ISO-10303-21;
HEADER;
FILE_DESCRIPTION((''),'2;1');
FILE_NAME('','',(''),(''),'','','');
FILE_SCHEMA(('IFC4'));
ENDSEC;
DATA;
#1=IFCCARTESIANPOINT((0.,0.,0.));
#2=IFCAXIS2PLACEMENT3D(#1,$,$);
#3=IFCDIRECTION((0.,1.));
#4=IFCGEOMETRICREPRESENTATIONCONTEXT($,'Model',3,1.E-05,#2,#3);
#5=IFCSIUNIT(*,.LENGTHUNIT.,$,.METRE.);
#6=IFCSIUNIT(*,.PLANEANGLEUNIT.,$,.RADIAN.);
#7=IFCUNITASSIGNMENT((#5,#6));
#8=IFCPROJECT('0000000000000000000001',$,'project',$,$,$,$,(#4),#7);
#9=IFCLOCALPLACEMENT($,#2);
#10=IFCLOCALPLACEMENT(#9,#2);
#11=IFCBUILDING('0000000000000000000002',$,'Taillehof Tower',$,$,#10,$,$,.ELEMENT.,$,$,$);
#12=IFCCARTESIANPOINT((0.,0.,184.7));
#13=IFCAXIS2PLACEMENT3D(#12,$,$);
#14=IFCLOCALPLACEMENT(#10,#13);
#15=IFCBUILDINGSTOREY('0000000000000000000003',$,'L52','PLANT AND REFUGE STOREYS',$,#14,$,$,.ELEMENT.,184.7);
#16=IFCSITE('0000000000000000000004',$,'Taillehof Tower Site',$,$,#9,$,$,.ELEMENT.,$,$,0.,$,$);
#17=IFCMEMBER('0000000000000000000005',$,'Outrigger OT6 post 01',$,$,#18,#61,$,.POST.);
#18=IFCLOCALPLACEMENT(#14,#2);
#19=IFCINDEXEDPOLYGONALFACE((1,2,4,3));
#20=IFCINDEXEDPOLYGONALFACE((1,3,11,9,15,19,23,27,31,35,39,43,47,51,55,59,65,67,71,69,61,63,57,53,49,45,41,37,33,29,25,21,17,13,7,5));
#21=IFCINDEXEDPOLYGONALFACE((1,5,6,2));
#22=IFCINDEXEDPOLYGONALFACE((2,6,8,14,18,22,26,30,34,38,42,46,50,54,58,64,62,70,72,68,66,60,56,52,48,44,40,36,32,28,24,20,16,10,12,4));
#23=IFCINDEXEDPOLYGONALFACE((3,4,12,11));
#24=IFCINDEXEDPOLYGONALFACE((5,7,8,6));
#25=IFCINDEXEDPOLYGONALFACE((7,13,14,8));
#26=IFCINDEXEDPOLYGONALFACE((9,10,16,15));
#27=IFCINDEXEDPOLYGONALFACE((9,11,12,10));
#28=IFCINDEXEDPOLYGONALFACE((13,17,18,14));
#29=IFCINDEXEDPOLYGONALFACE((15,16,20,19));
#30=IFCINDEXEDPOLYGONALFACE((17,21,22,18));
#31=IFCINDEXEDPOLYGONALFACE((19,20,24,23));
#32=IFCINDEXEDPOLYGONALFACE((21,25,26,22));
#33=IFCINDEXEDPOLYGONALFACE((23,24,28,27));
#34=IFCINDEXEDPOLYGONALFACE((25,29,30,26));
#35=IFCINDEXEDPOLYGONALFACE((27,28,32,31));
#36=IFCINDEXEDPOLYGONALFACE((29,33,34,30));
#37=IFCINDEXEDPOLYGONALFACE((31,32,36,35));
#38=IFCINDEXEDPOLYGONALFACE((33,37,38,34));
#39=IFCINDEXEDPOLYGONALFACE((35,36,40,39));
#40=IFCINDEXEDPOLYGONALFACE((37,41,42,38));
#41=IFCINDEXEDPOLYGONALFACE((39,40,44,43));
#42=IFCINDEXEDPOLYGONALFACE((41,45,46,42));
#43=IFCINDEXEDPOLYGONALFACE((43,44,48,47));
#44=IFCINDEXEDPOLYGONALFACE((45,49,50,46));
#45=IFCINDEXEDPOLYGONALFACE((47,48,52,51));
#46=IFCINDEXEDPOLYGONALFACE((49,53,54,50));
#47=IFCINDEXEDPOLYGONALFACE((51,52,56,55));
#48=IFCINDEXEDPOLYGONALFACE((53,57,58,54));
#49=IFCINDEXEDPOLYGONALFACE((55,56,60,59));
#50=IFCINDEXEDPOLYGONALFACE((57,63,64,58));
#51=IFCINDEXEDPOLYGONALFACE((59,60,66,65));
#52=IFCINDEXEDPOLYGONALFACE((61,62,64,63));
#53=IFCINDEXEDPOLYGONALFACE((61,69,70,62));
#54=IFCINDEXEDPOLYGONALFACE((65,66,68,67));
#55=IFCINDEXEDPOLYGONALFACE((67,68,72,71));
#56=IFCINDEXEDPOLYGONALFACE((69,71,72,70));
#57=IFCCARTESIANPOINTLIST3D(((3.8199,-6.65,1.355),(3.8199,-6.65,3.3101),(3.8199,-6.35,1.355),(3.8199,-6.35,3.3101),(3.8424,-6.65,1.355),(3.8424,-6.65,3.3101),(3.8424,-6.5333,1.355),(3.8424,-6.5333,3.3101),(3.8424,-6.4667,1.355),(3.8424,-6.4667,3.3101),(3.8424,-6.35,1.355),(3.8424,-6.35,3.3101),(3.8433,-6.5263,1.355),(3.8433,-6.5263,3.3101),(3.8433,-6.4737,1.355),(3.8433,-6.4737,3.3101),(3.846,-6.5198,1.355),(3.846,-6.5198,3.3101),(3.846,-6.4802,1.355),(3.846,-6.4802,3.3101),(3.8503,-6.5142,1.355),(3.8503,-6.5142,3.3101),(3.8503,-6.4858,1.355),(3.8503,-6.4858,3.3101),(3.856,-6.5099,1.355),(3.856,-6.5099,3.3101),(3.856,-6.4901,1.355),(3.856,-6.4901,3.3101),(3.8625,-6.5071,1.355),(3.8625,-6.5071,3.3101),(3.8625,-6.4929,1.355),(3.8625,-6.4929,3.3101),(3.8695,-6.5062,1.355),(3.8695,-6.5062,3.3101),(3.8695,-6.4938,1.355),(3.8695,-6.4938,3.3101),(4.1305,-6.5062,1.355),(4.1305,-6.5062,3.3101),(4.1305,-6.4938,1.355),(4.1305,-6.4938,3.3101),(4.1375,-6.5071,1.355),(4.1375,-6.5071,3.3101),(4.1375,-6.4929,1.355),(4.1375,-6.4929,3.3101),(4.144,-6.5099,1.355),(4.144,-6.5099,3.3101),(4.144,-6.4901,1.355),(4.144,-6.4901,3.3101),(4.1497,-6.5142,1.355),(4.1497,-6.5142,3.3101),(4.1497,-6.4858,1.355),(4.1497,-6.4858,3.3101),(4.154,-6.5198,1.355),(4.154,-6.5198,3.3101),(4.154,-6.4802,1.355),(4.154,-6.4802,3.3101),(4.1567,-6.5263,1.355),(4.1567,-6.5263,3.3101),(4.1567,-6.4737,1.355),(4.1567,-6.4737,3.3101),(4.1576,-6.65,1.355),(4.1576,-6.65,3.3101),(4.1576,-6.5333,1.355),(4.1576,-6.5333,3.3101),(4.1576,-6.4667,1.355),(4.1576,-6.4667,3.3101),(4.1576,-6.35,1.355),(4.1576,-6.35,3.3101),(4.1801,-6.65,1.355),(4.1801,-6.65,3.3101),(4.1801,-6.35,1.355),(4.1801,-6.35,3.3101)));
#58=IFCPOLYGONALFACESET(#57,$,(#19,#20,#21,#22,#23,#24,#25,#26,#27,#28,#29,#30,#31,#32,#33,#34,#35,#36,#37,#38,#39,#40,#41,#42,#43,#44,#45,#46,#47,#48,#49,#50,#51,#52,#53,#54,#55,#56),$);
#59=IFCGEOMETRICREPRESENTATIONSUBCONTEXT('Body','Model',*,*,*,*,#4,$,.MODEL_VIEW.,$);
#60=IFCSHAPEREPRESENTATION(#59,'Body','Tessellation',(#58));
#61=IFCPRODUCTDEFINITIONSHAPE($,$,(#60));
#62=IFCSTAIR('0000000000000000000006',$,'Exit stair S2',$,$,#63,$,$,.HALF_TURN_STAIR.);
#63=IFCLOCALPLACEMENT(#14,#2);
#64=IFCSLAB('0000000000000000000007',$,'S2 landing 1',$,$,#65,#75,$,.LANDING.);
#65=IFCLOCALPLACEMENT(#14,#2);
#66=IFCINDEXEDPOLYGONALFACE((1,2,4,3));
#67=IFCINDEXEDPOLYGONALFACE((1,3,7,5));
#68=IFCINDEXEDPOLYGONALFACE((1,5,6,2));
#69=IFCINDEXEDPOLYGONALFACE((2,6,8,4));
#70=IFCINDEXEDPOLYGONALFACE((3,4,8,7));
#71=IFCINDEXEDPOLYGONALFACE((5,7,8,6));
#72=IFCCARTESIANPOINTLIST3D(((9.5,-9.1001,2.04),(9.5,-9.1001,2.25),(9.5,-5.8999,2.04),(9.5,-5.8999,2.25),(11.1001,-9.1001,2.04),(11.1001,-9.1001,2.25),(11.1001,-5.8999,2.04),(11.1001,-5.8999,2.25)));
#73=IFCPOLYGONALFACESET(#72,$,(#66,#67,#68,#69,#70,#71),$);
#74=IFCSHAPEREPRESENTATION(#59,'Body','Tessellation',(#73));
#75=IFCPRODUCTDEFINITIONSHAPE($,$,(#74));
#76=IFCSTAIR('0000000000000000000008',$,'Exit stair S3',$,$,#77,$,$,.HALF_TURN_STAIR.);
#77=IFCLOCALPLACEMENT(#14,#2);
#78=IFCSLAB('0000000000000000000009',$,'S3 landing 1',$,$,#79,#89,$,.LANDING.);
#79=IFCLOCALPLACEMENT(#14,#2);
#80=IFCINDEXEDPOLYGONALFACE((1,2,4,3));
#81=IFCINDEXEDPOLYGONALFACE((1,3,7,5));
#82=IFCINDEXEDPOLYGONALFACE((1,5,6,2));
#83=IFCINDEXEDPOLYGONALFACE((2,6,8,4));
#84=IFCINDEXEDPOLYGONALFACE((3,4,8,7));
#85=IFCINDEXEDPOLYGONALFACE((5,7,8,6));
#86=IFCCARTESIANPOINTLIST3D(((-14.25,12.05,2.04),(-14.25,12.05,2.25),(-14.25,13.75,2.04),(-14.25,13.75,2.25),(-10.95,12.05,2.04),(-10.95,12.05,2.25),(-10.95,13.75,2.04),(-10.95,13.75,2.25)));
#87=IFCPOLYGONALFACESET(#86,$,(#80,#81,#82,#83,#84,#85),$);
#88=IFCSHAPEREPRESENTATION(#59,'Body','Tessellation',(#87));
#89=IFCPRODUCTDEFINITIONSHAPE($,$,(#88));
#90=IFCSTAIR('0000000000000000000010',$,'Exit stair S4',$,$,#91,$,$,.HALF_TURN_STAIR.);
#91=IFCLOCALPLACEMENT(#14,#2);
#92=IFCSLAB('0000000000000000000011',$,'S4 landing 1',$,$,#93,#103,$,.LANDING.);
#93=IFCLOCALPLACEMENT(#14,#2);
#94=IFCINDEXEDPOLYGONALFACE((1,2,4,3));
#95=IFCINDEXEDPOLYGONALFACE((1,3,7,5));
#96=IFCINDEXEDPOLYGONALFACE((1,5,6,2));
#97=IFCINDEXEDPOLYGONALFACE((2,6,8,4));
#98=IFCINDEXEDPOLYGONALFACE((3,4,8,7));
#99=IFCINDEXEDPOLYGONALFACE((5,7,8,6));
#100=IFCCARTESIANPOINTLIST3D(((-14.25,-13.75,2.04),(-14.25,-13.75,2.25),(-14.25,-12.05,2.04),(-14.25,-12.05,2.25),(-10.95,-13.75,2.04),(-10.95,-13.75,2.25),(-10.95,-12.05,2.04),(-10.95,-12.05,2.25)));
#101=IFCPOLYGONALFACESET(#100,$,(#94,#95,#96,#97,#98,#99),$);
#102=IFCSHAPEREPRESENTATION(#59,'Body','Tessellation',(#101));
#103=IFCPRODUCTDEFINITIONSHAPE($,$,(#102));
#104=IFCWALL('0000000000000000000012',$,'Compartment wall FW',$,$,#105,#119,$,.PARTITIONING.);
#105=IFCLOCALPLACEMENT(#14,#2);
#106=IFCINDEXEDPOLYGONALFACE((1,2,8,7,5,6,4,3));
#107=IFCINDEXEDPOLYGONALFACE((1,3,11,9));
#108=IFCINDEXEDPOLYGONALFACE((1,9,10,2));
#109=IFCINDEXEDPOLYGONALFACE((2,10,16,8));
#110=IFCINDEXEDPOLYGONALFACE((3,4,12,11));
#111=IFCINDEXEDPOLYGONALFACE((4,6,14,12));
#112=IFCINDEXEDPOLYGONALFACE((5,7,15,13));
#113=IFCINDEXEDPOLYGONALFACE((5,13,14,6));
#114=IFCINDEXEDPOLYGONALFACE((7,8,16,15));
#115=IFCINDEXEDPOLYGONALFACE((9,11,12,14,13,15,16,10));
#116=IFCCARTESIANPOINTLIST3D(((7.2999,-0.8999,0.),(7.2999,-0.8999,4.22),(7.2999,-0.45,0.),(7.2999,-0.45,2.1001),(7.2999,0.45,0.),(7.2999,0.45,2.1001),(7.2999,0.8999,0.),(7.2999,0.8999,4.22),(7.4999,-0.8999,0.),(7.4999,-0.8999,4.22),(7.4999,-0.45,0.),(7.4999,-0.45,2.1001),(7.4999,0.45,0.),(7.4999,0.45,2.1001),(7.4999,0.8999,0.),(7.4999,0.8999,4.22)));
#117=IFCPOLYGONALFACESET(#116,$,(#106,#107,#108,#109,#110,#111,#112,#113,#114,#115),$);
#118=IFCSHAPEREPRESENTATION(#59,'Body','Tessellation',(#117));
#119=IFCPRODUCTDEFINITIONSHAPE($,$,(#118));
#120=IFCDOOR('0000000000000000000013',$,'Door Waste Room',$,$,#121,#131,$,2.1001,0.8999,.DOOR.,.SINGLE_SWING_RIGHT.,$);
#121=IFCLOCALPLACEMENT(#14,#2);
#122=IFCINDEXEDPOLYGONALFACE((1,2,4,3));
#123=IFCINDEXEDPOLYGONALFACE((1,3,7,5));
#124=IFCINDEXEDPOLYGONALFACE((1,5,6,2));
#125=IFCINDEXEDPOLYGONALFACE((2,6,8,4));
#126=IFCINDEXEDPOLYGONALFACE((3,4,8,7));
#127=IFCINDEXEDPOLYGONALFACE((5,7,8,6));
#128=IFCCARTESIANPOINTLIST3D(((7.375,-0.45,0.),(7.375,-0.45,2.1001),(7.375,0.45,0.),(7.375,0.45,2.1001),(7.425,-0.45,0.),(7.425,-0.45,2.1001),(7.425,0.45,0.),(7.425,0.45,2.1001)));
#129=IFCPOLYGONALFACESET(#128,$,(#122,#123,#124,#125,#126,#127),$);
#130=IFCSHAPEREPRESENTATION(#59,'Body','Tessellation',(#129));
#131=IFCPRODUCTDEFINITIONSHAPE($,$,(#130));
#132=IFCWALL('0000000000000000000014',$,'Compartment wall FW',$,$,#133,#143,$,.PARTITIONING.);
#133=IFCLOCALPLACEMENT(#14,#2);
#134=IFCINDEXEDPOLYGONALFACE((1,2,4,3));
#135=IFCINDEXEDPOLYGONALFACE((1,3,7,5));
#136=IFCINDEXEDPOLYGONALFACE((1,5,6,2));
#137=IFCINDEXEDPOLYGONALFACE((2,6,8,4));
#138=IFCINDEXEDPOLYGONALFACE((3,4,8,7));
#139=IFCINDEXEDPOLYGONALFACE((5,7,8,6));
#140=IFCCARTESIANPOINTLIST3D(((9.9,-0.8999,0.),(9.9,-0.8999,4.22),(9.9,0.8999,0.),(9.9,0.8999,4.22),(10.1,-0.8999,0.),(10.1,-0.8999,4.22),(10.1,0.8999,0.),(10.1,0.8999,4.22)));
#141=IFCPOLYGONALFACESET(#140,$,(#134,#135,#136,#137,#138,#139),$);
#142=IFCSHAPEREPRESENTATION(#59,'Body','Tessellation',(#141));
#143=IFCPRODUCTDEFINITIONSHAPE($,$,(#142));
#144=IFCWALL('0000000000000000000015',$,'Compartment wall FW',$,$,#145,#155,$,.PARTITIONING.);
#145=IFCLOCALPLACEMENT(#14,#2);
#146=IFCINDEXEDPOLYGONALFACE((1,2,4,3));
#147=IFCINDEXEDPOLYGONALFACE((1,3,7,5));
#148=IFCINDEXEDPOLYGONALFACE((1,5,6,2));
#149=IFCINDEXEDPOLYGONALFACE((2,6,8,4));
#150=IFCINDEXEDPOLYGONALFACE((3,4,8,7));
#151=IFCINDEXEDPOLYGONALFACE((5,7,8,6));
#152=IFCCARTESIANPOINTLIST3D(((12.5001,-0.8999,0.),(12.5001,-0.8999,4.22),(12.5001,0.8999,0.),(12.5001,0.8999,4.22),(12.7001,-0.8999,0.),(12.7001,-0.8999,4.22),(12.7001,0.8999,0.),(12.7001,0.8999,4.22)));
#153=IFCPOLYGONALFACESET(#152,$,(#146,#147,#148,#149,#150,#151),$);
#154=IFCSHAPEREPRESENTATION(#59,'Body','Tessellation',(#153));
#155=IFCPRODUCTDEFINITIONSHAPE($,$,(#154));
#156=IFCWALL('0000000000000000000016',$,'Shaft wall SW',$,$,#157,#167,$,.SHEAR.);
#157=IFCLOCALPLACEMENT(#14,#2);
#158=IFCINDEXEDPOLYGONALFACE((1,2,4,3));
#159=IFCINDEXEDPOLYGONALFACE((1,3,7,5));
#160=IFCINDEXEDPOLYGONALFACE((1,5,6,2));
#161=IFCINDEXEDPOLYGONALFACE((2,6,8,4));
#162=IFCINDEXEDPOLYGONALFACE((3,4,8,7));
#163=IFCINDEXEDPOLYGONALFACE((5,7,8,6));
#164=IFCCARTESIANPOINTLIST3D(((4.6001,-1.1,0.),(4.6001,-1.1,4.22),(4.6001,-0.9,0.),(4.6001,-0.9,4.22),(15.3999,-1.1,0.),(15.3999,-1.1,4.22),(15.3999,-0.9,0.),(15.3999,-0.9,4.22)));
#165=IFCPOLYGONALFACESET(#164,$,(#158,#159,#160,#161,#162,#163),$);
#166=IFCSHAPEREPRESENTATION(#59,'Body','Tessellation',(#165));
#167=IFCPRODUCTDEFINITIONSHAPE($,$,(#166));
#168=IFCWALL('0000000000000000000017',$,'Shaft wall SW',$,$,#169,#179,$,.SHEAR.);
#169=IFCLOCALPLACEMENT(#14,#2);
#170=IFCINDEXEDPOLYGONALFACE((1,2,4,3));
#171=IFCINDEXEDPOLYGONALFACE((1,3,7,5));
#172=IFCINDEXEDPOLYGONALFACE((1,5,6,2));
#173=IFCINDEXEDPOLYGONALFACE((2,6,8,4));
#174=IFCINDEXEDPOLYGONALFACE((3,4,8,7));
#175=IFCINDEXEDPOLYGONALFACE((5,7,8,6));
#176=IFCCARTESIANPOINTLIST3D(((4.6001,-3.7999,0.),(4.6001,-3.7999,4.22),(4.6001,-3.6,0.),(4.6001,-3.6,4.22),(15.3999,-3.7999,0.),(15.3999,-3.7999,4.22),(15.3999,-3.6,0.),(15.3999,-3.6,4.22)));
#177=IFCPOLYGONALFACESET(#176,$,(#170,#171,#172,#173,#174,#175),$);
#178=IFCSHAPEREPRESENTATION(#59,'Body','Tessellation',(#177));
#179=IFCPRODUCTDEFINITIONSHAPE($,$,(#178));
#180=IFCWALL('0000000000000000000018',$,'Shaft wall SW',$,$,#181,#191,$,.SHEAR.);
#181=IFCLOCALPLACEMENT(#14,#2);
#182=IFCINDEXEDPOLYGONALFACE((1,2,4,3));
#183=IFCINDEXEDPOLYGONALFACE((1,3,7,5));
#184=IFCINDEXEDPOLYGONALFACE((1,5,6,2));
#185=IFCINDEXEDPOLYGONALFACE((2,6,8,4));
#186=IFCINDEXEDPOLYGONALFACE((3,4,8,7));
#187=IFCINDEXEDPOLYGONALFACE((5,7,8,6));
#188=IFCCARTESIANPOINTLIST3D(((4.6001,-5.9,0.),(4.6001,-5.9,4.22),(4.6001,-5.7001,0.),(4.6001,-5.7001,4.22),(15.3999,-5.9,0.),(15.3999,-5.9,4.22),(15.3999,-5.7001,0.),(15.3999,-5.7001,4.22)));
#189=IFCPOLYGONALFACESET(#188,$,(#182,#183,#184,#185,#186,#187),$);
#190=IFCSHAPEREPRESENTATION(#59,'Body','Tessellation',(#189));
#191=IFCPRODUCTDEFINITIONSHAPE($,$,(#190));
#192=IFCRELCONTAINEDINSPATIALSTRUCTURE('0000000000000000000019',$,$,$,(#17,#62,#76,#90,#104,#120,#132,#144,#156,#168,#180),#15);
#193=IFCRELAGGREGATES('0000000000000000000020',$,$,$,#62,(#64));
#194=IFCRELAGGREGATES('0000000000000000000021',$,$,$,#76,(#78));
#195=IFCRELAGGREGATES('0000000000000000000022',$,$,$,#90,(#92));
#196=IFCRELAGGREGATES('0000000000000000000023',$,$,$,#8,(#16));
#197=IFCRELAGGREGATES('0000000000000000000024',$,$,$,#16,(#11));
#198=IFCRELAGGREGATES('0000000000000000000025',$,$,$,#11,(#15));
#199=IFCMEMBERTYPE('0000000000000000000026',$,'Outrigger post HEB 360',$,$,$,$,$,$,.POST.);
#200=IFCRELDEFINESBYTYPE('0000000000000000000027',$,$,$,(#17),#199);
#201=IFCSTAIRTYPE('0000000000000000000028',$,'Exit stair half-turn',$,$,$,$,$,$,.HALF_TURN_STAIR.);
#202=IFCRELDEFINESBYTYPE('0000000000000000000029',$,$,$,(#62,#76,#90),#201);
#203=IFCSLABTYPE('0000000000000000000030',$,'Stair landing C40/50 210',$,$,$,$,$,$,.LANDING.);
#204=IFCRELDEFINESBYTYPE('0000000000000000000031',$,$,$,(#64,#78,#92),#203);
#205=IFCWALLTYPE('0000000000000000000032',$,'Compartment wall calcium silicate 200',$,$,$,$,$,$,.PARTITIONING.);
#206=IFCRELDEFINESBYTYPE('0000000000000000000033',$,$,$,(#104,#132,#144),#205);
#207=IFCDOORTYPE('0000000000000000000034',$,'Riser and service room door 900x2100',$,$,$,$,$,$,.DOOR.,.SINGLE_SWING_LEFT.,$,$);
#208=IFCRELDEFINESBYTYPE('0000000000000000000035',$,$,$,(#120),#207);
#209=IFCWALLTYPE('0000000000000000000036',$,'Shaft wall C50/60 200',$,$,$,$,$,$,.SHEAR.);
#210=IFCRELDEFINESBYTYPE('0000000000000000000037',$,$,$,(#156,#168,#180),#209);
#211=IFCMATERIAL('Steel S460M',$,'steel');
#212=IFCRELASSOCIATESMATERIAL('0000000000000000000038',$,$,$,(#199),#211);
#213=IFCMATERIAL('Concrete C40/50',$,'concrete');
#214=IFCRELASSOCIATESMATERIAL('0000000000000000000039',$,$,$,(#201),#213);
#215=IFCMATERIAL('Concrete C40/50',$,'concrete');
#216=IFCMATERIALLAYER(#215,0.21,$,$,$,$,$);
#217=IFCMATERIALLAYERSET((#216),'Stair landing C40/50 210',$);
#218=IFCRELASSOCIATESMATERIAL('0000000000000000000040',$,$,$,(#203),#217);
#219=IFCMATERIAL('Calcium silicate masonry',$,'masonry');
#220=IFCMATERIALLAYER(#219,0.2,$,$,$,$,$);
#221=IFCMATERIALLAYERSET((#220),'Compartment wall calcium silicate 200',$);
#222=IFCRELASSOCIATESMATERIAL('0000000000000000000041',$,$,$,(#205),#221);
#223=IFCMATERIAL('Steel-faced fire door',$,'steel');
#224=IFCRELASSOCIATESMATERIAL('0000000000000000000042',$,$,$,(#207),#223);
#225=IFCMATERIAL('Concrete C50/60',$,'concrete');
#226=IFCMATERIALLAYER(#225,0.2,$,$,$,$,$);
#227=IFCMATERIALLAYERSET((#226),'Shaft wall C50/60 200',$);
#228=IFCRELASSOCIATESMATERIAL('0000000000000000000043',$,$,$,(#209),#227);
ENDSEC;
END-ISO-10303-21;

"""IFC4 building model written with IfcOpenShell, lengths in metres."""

from ifc_helpers import new_model, si_unit, direction, frame, frame_2d, origin, origin_2d, place, context, subcontext, project, spatial, polyline, rectangle, i_section, outline, extrude, material, layer, layer_set, material_profile, profile_set, type_object, element, fill, aggregate, save


model = new_model("IFC4")

# Units and contexts
model_context = context("Model", 3, precision=1e-05, world=origin(), true_north=direction((0.0, 1.0)))
body_context = subcontext(model_context, "Body", "Model", "MODEL_VIEW")
ifc_project = project(units=[si_unit("LENGTHUNIT", "METRE"), si_unit("PLANEANGLEUNIT", "RADIAN")], contexts=[model_context])

# Site, building, storey
site_placement = place(None, origin())
site = spatial("IfcSite", under=ifc_project, at=site_placement, Name="Taillehof Tower Site", CompositionType="ELEMENT", RefElevation=0.0)
building_placement = place(site_placement, origin())
building = spatial("IfcBuilding", under=site, at=building_placement, Name="Taillehof Tower", CompositionType="ELEMENT")
storey_placement = place(building_placement, frame((0.0, 0.0, 184.7)))
storey = spatial("IfcBuildingStorey", under=building, at=storey_placement, Name="L52", Description="PLANT AND REFUGE STOREYS", CompositionType="ELEMENT", Elevation=184.7)

# Member
ifc_material_1 = material(Name="Steel S460M", Category="steel")
ifc_material_profile_1 = material_profile(ifc_material_1, i_section(OverallWidth=0.3, OverallDepth=0.3601, WebThickness=0.0125, FlangeThickness=0.0225, FilletRadius=0.0271, at=origin_2d()), Name="HEB 360")
ifc_profile_set_1 = profile_set([ifc_material_profile_1], Name="Steel S460M")
member_type_1 = type_object("IfcMemberType", Name="Outrigger post HEB 360", PredefinedType="POST", material=ifc_profile_set_1)
member_1_placement = place(storey_placement, frame((4.0, -6.5, 1.355), z_axis=(0.0, 0.0, 1.0), x_axis=(0.0, 1.0, 0.0)))
element("IfcMember", 1, at=member_1_placement, inside=storey, type_object=member_type_1, Name="Outrigger OT6 post 01", PredefinedType="POST", context=body_context, shape_type="SweptSolid", body=[
    extrude(i_section(OverallWidth=0.3, OverallDepth=0.3601, WebThickness=0.0125, FlangeThickness=0.0225, FilletRadius=0.0271, at=origin_2d()), origin(), (0.0, 0.0, 1.0), 1.9551),
])

# Stairs, slabs
ifc_material_2 = material(Name="Concrete C40/50", Category="concrete")
stair_type = type_object("IfcStairType", Name="Exit stair half-turn", PredefinedType="HALF_TURN_STAIR", material=ifc_material_2)
stair_1_placement = place(storey_placement, origin())
stair_1 = element("IfcStair", 2, at=stair_1_placement, inside=storey, type_object=stair_type, Name="Exit stair S2", PredefinedType="HALF_TURN_STAIR")
ifc_material_3 = material(Name="Concrete C40/50", Category="concrete")
ifc_layer_1 = layer(ifc_material_3, 0.21)
ifc_layer_set_1 = layer_set([ifc_layer_1], Name="Stair landing C40/50 210")
slab_type = type_object("IfcSlabType", Name="Stair landing C40/50 210", PredefinedType="LANDING", material=ifc_layer_set_1)
slab_1_placement = place(storey_placement, frame((0.0, 0.0, 2.04)))
slab_1 = element("IfcSlab", 3, at=slab_1_placement, type_object=slab_type, Name="S2 landing 1", PredefinedType="LANDING", context=body_context, shape_type="SweptSolid", body=[
    extrude(outline(polyline([(9.5, -5.8999), (11.1001, -5.8999), (11.1001, -9.1001), (9.5, -9.1001), (9.5, -5.8999)])), origin(), (0.0, 0.0, 1.0), 0.21),
])
aggregate(stair_1, [slab_1])
stair_2_placement = place(storey_placement, origin())
stair_2 = element("IfcStair", 4, at=stair_2_placement, inside=storey, type_object=stair_type, Name="Exit stair S3", PredefinedType="HALF_TURN_STAIR")
slab_2_placement = place(storey_placement, frame((0.0, 0.0, 2.04)))
slab_2 = element("IfcSlab", 5, at=slab_2_placement, type_object=slab_type, Name="S3 landing 1", PredefinedType="LANDING", context=body_context, shape_type="SweptSolid", body=[
    extrude(outline(polyline([(-14.25, 12.05), (-14.25, 13.75), (-10.95, 13.75), (-10.95, 12.05), (-14.25, 12.05)])), origin(), (0.0, 0.0, 1.0), 0.21),
])
aggregate(stair_2, [slab_2])
stair_3_placement = place(storey_placement, origin())
stair_3 = element("IfcStair", 6, at=stair_3_placement, inside=storey, type_object=stair_type, Name="Exit stair S4", PredefinedType="HALF_TURN_STAIR")
slab_3_placement = place(storey_placement, frame((0.0, 0.0, 2.04)))
slab_3 = element("IfcSlab", 7, at=slab_3_placement, type_object=slab_type, Name="S4 landing 1", PredefinedType="LANDING", context=body_context, shape_type="SweptSolid", body=[
    extrude(outline(polyline([(-14.25, -12.05), (-14.25, -13.75), (-10.95, -13.75), (-10.95, -12.05), (-14.25, -12.05)])), origin(), (0.0, 0.0, 1.0), 0.21),
])
aggregate(stair_3, [slab_3])

# Wall, opening, door
ifc_material_4 = material(Name="Calcium silicate masonry", Category="masonry")
ifc_layer_2 = layer(ifc_material_4, 0.2)
ifc_layer_set_2 = layer_set([ifc_layer_2], Name="Compartment wall calcium silicate 200")
wall_type_1 = type_object("IfcWallType", Name="Compartment wall calcium silicate 200", PredefinedType="PARTITIONING", material=ifc_layer_set_2)
wall_1_placement = place(storey_placement, frame((7.3999, -0.8999, 0.0), z_axis=(0.0, 0.0, 1.0), x_axis=(0.0, 1.0, 0.0)))
wall_1 = element("IfcWall", 8, at=wall_1_placement, inside=storey, type_object=wall_type_1, Name="Compartment wall FW", PredefinedType="PARTITIONING", context=body_context, shape_type="SweptSolid", body=[
    extrude(rectangle(XDim=1.7998, YDim=0.2, at=frame_2d((0.8999, 0.0))), origin(), (0.0, 0.0, 1.0), 4.22),
])
opening_1_placement = place(wall_1_placement, frame((0.45, 0.0, 0.0)))
opening_1 = element("IfcOpeningElement", 9, at=opening_1_placement, cuts=wall_1, PredefinedType="OPENING", context=body_context, shape_type="SweptSolid", body=[
    extrude(rectangle(XDim=0.8999, YDim=2.1001, at=frame_2d((0.45, 1.05))), frame((0.0, 0.1099, 0.0), z_axis=(0.0, -1.0, 0.0), x_axis=(1.0, 0.0, 0.0)), (0.0, 0.0, 1.0), 0.22),
])
ifc_material_5 = material(Name="Steel-faced fire door", Category="steel")
door_type_1 = type_object("IfcDoorType", Name="Riser and service room door 900x2100", OperationType="SINGLE_SWING_LEFT", PredefinedType="DOOR", material=ifc_material_5)
door_1_placement = place(opening_1_placement, origin())
door_1 = element("IfcDoor", 10, at=door_1_placement, inside=storey, type_object=door_type_1, Name="Door Waste Room", OperationType="SINGLE_SWING_RIGHT", OverallHeight=2.1001, OverallWidth=0.8999, PredefinedType="DOOR", context=body_context, shape_type="SweptSolid", body=[
    extrude(rectangle(XDim=0.8999, YDim=2.1001, at=frame_2d((0.45, 1.05))), frame((0.0, 0.0249, 0.0), z_axis=(0.0, -1.0, 0.0), x_axis=(1.0, 0.0, 0.0)), (0.0, 0.0, 1.0), 0.05),
])
fill(opening_1, door_1)

# Walls
for number, where, z_axis, x_axis, name in (
    (11, (10.0, -0.8999, 0.0), (0.0, 0.0, 1.0), (0.0, 1.0, 0.0), "Compartment wall FW"),
    (12, (12.6001, -0.8999, 0.0), (0.0, 0.0, 1.0), (0.0, 1.0, 0.0), "Compartment wall FW"),
):
    element("IfcWall", number, at=place(storey_placement, frame(where, z_axis=z_axis, x_axis=x_axis)), inside=storey, type_object=wall_type_1, Name=name, PredefinedType="PARTITIONING", context=body_context, shape_type="SweptSolid", body=[
        extrude(rectangle(XDim=1.7998, YDim=0.2, at=frame_2d((0.8999, 0.0))), origin(), (0.0, 0.0, 1.0), 4.22),
    ])
ifc_material_6 = material(Name="Concrete C50/60", Category="concrete")
ifc_layer_3 = layer(ifc_material_6, 0.2)
ifc_layer_set_3 = layer_set([ifc_layer_3], Name="Shaft wall C50/60 200")
wall_type_2 = type_object("IfcWallType", Name="Shaft wall C50/60 200", PredefinedType="SHEAR", material=ifc_layer_set_3)
for number, where, z_axis, x_axis, name in (
    (13, (4.6001, -1.0, 0.0), (0.0, 0.0, 1.0), (1.0, 0.0, 0.0), "Shaft wall SW"),
    (14, (4.6001, -3.7, 0.0), (0.0, 0.0, 1.0), (1.0, 0.0, 0.0), "Shaft wall SW"),
    (15, (4.6001, -5.8, 0.0), (0.0, 0.0, 1.0), (1.0, 0.0, 0.0), "Shaft wall SW"),
):
    element("IfcWall", number, at=place(storey_placement, frame(where, z_axis=z_axis, x_axis=x_axis)), inside=storey, type_object=wall_type_2, Name=name, PredefinedType="SHEAR", context=body_context, shape_type="SweptSolid", body=[
        extrude(rectangle(XDim=10.7998, YDim=0.2, at=frame_2d((5.3999, 0.0))), origin(), (0.0, 0.0, 1.0), 4.22),
    ])

save(model, "model.ifc")
